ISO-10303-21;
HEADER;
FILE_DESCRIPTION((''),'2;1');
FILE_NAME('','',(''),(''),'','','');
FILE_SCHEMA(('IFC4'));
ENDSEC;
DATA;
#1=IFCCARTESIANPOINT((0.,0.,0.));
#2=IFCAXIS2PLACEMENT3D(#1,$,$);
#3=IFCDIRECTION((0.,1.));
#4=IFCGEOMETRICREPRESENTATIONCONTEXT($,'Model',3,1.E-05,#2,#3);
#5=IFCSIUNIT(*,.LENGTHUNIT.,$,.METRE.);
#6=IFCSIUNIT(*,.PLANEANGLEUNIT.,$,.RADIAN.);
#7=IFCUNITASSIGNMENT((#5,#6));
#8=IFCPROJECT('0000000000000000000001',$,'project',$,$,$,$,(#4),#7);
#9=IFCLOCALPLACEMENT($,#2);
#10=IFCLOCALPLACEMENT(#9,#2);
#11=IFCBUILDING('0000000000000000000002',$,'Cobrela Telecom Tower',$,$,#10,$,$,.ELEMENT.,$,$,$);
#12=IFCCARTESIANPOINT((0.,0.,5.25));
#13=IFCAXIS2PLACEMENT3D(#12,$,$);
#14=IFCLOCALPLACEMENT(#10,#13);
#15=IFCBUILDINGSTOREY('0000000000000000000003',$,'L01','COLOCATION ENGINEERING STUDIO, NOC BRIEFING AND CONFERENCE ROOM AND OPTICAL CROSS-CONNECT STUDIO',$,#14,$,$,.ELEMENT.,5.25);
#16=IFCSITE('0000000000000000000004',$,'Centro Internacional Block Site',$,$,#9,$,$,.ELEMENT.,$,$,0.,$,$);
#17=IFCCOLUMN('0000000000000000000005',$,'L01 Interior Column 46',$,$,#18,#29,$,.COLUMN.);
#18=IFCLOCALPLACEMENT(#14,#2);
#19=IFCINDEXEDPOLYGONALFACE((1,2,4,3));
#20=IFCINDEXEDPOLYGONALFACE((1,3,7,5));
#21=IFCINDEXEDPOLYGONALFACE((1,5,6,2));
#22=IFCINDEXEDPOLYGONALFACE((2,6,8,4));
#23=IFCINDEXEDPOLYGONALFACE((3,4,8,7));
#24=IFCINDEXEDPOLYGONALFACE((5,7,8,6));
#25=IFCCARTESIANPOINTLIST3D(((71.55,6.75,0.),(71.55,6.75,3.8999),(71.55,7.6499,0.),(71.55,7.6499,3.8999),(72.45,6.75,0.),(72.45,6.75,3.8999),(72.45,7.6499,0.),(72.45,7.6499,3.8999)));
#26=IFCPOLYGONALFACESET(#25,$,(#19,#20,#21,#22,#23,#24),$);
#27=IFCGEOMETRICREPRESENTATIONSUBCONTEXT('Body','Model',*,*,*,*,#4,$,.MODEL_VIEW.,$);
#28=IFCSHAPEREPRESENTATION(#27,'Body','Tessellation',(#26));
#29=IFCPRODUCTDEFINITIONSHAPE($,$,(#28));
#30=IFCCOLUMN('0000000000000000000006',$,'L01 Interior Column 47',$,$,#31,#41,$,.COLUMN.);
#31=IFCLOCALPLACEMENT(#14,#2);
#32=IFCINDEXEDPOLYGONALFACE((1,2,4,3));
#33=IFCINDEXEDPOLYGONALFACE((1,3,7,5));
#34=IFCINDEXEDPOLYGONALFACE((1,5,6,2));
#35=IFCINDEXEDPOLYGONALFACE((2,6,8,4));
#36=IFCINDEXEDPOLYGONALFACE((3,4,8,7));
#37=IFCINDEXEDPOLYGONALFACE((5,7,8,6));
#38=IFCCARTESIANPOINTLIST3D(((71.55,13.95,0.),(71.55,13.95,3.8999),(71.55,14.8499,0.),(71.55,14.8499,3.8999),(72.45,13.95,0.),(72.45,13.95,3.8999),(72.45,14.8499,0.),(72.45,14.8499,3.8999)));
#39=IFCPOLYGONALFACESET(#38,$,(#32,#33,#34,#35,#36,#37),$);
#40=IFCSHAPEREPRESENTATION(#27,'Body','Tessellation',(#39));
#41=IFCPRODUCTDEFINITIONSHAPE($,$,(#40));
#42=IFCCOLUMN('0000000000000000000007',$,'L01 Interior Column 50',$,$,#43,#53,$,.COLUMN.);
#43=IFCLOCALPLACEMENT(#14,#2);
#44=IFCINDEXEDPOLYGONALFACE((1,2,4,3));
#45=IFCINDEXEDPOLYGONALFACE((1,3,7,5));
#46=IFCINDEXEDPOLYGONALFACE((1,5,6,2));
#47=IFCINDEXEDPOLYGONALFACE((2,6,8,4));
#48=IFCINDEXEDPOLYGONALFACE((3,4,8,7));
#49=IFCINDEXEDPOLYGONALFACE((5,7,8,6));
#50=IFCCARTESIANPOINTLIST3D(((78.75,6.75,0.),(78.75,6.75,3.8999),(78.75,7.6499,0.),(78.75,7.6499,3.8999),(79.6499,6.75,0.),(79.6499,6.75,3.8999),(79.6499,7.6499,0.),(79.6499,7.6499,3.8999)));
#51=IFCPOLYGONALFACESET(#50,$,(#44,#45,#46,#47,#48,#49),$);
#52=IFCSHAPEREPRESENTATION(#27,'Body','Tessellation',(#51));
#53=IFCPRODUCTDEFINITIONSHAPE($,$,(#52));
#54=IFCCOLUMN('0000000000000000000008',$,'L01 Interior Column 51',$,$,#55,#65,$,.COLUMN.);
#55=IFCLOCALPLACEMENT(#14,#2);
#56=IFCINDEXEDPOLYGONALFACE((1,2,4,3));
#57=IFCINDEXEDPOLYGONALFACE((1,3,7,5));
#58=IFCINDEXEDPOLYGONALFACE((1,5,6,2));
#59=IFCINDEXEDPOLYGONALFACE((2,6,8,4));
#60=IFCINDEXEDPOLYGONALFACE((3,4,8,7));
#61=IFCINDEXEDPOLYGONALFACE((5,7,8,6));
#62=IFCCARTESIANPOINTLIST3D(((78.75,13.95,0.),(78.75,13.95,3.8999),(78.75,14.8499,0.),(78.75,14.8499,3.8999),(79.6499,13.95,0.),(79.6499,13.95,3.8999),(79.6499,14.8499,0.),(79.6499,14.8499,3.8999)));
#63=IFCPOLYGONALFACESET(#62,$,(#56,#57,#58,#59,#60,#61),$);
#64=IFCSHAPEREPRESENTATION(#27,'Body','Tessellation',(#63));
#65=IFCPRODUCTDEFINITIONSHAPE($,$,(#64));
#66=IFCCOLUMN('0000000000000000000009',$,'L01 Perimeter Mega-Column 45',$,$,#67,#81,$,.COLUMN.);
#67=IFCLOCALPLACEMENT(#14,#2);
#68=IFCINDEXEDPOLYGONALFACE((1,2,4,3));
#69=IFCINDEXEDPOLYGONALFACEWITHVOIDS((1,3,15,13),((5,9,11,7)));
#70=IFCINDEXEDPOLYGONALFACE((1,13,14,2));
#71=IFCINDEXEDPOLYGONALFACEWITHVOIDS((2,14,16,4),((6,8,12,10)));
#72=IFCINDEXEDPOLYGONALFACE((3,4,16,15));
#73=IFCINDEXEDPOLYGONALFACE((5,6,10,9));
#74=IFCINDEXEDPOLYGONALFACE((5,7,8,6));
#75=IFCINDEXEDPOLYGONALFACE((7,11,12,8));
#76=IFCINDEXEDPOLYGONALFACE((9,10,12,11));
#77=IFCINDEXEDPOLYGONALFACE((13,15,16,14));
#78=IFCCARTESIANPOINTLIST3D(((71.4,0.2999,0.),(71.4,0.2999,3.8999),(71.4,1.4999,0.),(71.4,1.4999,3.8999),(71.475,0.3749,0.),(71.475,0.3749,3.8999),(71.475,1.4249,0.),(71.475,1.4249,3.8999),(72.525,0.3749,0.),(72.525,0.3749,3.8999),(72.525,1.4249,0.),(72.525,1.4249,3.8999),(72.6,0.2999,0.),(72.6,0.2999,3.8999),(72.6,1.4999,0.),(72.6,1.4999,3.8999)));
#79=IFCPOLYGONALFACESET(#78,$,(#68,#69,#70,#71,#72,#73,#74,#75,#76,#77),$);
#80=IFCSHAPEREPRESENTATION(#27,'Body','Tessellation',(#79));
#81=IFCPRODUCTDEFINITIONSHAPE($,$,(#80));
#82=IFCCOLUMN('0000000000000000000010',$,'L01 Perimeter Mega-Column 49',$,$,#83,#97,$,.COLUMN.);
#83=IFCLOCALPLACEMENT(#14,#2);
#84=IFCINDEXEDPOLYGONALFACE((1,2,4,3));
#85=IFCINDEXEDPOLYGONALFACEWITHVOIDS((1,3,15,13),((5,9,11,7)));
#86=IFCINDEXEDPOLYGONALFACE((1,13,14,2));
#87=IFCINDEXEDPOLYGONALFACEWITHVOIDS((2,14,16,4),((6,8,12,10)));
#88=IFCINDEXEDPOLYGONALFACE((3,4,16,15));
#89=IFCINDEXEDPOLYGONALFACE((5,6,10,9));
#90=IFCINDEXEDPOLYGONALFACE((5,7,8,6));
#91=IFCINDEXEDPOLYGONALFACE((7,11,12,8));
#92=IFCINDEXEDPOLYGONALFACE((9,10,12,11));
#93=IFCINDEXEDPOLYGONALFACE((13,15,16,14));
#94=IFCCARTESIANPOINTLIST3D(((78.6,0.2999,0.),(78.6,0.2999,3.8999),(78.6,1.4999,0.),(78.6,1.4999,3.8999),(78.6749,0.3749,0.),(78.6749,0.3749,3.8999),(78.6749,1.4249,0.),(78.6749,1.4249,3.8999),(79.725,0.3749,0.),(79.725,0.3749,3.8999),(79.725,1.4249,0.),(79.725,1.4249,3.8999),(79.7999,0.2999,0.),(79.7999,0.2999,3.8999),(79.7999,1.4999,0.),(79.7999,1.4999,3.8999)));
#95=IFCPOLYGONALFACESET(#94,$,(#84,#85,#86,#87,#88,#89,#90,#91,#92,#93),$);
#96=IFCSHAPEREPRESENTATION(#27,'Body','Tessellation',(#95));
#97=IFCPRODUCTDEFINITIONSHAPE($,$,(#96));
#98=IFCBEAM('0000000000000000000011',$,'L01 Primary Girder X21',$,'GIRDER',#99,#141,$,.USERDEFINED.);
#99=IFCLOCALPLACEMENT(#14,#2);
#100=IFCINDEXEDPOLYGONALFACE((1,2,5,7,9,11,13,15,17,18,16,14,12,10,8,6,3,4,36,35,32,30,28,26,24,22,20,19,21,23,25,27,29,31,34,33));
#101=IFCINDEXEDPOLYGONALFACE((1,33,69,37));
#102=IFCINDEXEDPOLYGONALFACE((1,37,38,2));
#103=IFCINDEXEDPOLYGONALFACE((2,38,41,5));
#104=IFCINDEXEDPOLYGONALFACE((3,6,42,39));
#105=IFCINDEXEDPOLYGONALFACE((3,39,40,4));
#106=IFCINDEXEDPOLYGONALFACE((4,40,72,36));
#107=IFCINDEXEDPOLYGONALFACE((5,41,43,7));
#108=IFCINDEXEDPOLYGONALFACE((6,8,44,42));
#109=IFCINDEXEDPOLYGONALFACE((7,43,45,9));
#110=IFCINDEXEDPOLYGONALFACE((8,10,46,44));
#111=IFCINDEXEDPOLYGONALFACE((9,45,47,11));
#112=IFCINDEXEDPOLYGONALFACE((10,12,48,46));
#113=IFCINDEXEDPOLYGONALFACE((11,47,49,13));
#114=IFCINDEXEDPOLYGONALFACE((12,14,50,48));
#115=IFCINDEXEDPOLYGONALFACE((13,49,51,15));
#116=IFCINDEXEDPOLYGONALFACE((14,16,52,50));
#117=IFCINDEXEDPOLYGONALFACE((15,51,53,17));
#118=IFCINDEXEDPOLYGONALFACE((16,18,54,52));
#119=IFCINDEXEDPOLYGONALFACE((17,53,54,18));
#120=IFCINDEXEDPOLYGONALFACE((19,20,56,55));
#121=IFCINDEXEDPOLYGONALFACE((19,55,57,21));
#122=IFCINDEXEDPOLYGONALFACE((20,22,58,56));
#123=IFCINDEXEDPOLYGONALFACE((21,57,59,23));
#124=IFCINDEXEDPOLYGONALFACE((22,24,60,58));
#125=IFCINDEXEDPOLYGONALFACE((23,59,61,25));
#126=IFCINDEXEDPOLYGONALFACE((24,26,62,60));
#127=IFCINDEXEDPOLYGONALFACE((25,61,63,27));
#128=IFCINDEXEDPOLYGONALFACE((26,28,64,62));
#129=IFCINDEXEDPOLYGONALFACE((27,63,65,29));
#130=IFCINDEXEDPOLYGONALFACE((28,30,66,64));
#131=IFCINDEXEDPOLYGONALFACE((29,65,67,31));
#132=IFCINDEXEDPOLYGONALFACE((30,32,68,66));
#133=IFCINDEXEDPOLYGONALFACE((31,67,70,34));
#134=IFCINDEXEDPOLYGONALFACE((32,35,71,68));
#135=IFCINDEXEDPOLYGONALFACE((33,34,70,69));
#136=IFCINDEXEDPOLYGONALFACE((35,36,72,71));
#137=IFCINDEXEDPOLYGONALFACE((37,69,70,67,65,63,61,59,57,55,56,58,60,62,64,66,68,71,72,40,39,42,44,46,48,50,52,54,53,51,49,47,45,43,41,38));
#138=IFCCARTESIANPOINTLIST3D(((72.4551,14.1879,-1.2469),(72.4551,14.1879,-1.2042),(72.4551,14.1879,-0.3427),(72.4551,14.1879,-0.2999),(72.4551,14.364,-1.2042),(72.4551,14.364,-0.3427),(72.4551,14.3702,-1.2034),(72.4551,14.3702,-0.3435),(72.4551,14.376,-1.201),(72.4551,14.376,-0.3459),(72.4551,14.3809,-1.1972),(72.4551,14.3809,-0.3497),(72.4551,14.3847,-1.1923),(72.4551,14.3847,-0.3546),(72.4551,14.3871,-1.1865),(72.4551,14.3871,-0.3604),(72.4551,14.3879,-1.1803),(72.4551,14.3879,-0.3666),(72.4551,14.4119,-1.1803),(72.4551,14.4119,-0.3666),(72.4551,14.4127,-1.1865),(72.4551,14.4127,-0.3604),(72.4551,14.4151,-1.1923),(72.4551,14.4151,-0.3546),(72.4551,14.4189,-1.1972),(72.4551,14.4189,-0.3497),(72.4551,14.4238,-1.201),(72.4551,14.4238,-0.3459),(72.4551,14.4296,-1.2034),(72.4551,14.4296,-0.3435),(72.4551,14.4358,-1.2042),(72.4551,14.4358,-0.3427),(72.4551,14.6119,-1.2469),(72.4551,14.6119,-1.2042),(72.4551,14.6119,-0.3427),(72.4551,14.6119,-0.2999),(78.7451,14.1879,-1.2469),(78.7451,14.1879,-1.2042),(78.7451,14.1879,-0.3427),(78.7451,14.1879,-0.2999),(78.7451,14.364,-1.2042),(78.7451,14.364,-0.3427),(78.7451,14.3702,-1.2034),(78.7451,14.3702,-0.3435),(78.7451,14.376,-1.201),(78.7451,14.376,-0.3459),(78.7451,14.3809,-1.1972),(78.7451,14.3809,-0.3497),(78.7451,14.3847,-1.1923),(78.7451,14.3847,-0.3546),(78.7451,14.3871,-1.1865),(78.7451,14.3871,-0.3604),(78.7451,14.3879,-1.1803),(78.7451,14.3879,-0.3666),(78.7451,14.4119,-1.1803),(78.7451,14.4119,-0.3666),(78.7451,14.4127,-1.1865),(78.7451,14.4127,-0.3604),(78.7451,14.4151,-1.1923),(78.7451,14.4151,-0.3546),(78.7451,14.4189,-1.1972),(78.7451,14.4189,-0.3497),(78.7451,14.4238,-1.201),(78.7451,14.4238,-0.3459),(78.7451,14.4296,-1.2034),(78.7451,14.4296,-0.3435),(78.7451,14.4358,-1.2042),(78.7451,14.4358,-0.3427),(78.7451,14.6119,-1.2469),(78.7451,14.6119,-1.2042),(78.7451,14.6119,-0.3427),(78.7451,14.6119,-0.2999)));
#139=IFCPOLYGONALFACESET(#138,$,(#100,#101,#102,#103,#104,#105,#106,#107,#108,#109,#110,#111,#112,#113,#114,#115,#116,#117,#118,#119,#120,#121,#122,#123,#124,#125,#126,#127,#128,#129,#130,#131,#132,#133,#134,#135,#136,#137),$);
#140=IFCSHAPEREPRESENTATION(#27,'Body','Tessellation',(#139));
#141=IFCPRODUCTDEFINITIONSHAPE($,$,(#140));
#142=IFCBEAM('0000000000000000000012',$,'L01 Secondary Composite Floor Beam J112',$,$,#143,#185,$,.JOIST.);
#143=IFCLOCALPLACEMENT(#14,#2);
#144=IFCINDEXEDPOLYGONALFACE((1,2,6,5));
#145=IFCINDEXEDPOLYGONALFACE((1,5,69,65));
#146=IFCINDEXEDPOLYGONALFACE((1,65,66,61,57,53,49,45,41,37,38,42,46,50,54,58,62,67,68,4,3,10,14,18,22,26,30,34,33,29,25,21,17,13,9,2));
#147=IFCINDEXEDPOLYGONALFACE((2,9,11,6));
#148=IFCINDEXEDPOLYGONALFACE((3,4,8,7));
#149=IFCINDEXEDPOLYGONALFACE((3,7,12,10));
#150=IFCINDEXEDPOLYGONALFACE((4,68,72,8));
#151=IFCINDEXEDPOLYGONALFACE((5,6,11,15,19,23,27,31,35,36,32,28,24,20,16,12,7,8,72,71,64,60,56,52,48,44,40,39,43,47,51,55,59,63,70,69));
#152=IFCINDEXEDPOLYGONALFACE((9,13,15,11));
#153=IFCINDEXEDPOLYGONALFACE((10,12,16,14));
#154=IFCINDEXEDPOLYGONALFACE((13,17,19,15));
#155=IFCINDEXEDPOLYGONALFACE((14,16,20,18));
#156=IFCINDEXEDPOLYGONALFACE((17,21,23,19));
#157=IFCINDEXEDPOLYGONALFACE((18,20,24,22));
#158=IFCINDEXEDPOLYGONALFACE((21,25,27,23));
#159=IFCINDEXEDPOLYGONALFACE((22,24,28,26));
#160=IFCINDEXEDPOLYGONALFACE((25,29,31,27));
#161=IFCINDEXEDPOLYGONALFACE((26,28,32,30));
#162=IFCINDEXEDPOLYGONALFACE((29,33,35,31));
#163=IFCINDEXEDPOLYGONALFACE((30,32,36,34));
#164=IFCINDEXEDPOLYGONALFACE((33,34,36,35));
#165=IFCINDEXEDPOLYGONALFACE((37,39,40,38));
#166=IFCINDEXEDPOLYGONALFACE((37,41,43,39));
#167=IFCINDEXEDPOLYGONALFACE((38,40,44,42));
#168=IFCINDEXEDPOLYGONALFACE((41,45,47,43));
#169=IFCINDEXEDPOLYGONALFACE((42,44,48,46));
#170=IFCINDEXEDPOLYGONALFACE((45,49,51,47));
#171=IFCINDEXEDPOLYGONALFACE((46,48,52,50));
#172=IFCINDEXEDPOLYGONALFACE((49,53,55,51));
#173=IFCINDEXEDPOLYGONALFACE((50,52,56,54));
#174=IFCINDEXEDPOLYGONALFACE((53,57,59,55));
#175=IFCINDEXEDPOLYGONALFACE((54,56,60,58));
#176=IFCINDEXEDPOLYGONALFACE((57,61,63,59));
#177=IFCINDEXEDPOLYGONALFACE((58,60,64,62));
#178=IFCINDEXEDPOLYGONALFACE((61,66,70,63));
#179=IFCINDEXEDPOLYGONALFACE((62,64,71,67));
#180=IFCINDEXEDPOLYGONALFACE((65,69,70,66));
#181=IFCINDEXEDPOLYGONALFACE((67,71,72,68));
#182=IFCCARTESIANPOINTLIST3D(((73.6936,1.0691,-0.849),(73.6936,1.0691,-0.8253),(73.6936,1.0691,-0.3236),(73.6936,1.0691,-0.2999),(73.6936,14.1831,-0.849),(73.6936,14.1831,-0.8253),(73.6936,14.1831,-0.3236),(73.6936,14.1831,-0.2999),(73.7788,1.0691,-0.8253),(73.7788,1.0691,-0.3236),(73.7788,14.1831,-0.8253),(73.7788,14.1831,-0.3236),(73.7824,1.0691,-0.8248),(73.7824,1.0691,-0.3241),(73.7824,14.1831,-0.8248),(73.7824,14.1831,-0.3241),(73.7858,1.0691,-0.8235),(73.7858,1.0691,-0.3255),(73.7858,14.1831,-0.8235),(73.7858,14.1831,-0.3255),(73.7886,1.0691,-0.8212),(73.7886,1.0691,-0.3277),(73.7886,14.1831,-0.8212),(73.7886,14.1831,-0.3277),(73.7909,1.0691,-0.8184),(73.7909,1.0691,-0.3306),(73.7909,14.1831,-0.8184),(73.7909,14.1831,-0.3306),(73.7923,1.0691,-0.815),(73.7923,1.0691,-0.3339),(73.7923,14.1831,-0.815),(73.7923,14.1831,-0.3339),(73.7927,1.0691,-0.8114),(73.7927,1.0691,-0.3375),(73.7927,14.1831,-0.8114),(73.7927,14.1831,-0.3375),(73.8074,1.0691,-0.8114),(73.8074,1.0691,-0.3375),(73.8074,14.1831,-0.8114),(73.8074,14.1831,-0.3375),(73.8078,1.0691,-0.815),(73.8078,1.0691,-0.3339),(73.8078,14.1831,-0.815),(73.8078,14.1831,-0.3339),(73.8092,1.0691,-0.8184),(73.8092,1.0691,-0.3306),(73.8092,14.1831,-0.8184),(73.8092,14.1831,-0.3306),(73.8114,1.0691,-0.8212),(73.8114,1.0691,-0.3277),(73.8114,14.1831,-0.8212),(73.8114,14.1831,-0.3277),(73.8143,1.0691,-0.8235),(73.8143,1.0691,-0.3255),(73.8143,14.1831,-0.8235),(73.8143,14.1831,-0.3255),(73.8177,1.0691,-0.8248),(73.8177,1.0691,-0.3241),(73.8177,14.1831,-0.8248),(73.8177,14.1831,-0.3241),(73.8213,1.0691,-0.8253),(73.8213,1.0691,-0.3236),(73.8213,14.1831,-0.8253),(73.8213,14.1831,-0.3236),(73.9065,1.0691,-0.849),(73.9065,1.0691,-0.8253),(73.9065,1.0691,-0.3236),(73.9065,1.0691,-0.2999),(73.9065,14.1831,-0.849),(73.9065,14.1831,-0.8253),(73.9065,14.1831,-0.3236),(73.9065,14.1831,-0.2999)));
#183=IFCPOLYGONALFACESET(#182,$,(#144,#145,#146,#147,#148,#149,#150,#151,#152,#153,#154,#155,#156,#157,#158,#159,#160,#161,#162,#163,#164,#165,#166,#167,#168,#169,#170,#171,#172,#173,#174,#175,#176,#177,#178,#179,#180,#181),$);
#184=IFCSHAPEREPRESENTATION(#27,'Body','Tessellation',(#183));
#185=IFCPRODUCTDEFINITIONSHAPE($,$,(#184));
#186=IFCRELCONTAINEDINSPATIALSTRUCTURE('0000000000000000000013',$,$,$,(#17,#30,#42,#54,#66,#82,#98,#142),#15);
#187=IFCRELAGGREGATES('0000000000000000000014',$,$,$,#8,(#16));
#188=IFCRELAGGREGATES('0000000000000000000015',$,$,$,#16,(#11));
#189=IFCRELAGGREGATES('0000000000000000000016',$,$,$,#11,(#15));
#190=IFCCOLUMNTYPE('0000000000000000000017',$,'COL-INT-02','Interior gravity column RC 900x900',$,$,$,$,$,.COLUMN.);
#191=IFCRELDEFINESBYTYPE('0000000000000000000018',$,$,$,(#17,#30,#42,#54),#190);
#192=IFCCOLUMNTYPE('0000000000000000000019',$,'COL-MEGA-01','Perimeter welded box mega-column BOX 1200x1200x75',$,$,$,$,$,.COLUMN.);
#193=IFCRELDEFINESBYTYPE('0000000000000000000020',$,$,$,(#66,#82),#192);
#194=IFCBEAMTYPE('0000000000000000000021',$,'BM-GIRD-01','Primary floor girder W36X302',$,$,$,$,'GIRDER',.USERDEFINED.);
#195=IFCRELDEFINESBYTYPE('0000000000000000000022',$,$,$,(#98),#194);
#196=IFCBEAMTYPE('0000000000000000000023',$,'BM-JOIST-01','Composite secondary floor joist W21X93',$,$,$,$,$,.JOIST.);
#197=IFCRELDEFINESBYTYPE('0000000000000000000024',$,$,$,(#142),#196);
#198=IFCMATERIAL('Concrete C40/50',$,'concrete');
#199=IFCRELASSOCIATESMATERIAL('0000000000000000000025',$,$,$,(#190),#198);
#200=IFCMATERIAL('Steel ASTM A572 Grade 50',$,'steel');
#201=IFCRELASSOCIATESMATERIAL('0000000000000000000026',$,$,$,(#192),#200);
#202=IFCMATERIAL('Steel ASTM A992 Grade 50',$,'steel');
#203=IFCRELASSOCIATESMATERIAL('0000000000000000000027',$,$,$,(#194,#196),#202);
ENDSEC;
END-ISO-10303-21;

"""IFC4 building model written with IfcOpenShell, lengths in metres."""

from ifc_helpers import new_model, si_unit, direction, frame, origin, origin_2d, place, context, subcontext, project, spatial, rectangle, hollow_rectangle, i_section, extrude, material, material_profile, profile_set, type_object, element, save


model = new_model("IFC4")

# Units and contexts
model_context = context("Model", 3, precision=1e-05, world=origin(), true_north=direction((0.0, 1.0)))
body_context = subcontext(model_context, "Body", "Model", "MODEL_VIEW")
ifc_project = project(units=[si_unit("LENGTHUNIT", "METRE"), si_unit("PLANEANGLEUNIT", "RADIAN")], contexts=[model_context])

# Site, building, storey
site_placement = place(None, origin())
site = spatial("IfcSite", under=ifc_project, at=site_placement, Name="Centro Internacional Block Site", CompositionType="ELEMENT", RefElevation=0.0)
building_placement = place(site_placement, origin())
building = spatial("IfcBuilding", under=site, at=building_placement, Name="Cobrela Telecom Tower", CompositionType="ELEMENT")
storey_placement = place(building_placement, frame((0.0, 0.0, 5.25)))
storey = spatial("IfcBuildingStorey", under=building, at=storey_placement, Name="L01", Description="COLOCATION ENGINEERING STUDIO, NOC BRIEFING AND CONFERENCE ROOM AND OPTICAL CROSS-CONNECT STUDIO", CompositionType="ELEMENT", Elevation=5.25)

# Columns
ifc_material_1 = material(Name="Concrete C40/50", Category="concrete")
ifc_material_profile_1 = material_profile(ifc_material_1, rectangle(XDim=0.8999, YDim=0.8999, at=origin_2d()), Name="RC 900x900")
ifc_profile_set_1 = profile_set([ifc_material_profile_1], Name="Concrete C40/50")
column_type_1 = type_object("IfcColumnType", Name="COL-INT-02", Description="Interior gravity column RC 900x900", PredefinedType="COLUMN", material=ifc_profile_set_1)
for number, where, z_axis, x_axis, name in (
    (1, (72.0, 7.2, 0.0), (0.0, 0.0, 1.0), (1.0, 0.0, 0.0), "L01 Interior Column 46"),
    (2, (72.0, 14.3999, 0.0), (0.0, 0.0, 1.0), (1.0, 0.0, 0.0), "L01 Interior Column 47"),
    (3, (79.2, 7.2, 0.0), (0.0, 0.0, 1.0), (1.0, 0.0, 0.0), "L01 Interior Column 50"),
    (4, (79.2, 14.3999, 0.0), (0.0, 0.0, 1.0), (1.0, 0.0, 0.0), "L01 Interior Column 51"),
):
    element("IfcColumn", number, at=place(storey_placement, frame(where, z_axis=z_axis, x_axis=x_axis)), inside=storey, type_object=column_type_1, Name=name, PredefinedType="COLUMN", context=body_context, shape_type="SweptSolid", body=[
        extrude(rectangle(XDim=0.8999, YDim=0.8999, at=origin_2d()), origin(), (0.0, 0.0, 1.0), 3.8999),
    ])
ifc_material_2 = material(Name="Steel ASTM A572 Grade 50", Category="steel")
ifc_material_profile_2 = material_profile(ifc_material_2, hollow_rectangle(XDim=1.2, YDim=1.2, WallThickness=0.075, at=origin_2d()), Name="BOX 1200x1200x75")
ifc_profile_set_2 = profile_set([ifc_material_profile_2], Name="Steel ASTM A572 Grade 50")
column_type_2 = type_object("IfcColumnType", Name="COL-MEGA-01", Description="Perimeter welded box mega-column BOX 1200x1200x75", PredefinedType="COLUMN", material=ifc_profile_set_2)
for number, where, z_axis, x_axis, name in (
    (5, (72.0, 0.8999, 0.0), (0.0, 0.0, 1.0), (1.0, 0.0, 0.0), "L01 Perimeter Mega-Column 45"),
    (6, (79.2, 0.8999, 0.0), (0.0, 0.0, 1.0), (1.0, 0.0, 0.0), "L01 Perimeter Mega-Column 49"),
):
    element("IfcColumn", number, at=place(storey_placement, frame(where, z_axis=z_axis, x_axis=x_axis)), inside=storey, type_object=column_type_2, Name=name, PredefinedType="COLUMN", context=body_context, shape_type="SweptSolid", body=[
        extrude(hollow_rectangle(XDim=1.2, YDim=1.2, WallThickness=0.075, at=origin_2d()), origin(), (0.0, 0.0, 1.0), 3.8999),
    ])

# Beams
ifc_material_3 = material(Name="Steel ASTM A992 Grade 50", Category="steel")
ifc_material_profile_3 = material_profile(ifc_material_3, i_section(OverallWidth=0.4241, OverallDepth=0.947, WebThickness=0.0239, FlangeThickness=0.0427, FilletRadius=0.0239, at=origin_2d()), Name="W36X302")
ifc_profile_set_3 = profile_set([ifc_material_profile_3], Name="Steel ASTM A992 Grade 50")
beam_type_1 = type_object("IfcBeamType", Name="BM-GIRD-01", Description="Primary floor girder W36X302", ElementType="GIRDER", PredefinedType="USERDEFINED", material=ifc_profile_set_3)
beam_1_placement = place(storey_placement, frame((72.4551, 14.3999, -0.7734), z_axis=(1.0, 0.0, 0.0), x_axis=(0.0, 1.0, 0.0)))
element("IfcBeam", 7, at=beam_1_placement, inside=storey, type_object=beam_type_1, Name="L01 Primary Girder X21", ObjectType="GIRDER", PredefinedType="USERDEFINED", context=body_context, shape_type="SweptSolid", body=[
    extrude(i_section(OverallWidth=0.4241, OverallDepth=0.947, WebThickness=0.0239, FlangeThickness=0.0427, FilletRadius=0.0239, at=origin_2d()), origin(), (0.0, 0.0, 1.0), 6.29),
])
ifc_material_profile_4 = material_profile(ifc_material_3, i_section(OverallWidth=0.2129, OverallDepth=0.5491, WebThickness=0.0146, FlangeThickness=0.0237, FilletRadius=0.0139, at=origin_2d()), Name="W21X93")
ifc_profile_set_4 = profile_set([ifc_material_profile_4], Name="Steel ASTM A992 Grade 50")
beam_type_2 = type_object("IfcBeamType", Name="BM-JOIST-01", Description="Composite secondary floor joist W21X93", PredefinedType="JOIST", material=ifc_profile_set_4)
for number, where, z_axis, x_axis, name in (
    (8, (73.8, 1.0691, -0.5745), (0.0, 1.0, 0.0), (-1.0, 0.0, 0.0), "L01 Secondary Composite Floor Beam J112"),
):
    element("IfcBeam", number, at=place(storey_placement, frame(where, z_axis=z_axis, x_axis=x_axis)), inside=storey, type_object=beam_type_2, Name=name, PredefinedType="JOIST", context=body_context, shape_type="SweptSolid", body=[
        extrude(i_section(OverallWidth=0.2129, OverallDepth=0.5491, WebThickness=0.0146, FlangeThickness=0.0237, FilletRadius=0.0139, at=origin_2d()), origin(), (0.0, 0.0, 1.0), 13.114),
    ])

save(model, "model.ifc")
